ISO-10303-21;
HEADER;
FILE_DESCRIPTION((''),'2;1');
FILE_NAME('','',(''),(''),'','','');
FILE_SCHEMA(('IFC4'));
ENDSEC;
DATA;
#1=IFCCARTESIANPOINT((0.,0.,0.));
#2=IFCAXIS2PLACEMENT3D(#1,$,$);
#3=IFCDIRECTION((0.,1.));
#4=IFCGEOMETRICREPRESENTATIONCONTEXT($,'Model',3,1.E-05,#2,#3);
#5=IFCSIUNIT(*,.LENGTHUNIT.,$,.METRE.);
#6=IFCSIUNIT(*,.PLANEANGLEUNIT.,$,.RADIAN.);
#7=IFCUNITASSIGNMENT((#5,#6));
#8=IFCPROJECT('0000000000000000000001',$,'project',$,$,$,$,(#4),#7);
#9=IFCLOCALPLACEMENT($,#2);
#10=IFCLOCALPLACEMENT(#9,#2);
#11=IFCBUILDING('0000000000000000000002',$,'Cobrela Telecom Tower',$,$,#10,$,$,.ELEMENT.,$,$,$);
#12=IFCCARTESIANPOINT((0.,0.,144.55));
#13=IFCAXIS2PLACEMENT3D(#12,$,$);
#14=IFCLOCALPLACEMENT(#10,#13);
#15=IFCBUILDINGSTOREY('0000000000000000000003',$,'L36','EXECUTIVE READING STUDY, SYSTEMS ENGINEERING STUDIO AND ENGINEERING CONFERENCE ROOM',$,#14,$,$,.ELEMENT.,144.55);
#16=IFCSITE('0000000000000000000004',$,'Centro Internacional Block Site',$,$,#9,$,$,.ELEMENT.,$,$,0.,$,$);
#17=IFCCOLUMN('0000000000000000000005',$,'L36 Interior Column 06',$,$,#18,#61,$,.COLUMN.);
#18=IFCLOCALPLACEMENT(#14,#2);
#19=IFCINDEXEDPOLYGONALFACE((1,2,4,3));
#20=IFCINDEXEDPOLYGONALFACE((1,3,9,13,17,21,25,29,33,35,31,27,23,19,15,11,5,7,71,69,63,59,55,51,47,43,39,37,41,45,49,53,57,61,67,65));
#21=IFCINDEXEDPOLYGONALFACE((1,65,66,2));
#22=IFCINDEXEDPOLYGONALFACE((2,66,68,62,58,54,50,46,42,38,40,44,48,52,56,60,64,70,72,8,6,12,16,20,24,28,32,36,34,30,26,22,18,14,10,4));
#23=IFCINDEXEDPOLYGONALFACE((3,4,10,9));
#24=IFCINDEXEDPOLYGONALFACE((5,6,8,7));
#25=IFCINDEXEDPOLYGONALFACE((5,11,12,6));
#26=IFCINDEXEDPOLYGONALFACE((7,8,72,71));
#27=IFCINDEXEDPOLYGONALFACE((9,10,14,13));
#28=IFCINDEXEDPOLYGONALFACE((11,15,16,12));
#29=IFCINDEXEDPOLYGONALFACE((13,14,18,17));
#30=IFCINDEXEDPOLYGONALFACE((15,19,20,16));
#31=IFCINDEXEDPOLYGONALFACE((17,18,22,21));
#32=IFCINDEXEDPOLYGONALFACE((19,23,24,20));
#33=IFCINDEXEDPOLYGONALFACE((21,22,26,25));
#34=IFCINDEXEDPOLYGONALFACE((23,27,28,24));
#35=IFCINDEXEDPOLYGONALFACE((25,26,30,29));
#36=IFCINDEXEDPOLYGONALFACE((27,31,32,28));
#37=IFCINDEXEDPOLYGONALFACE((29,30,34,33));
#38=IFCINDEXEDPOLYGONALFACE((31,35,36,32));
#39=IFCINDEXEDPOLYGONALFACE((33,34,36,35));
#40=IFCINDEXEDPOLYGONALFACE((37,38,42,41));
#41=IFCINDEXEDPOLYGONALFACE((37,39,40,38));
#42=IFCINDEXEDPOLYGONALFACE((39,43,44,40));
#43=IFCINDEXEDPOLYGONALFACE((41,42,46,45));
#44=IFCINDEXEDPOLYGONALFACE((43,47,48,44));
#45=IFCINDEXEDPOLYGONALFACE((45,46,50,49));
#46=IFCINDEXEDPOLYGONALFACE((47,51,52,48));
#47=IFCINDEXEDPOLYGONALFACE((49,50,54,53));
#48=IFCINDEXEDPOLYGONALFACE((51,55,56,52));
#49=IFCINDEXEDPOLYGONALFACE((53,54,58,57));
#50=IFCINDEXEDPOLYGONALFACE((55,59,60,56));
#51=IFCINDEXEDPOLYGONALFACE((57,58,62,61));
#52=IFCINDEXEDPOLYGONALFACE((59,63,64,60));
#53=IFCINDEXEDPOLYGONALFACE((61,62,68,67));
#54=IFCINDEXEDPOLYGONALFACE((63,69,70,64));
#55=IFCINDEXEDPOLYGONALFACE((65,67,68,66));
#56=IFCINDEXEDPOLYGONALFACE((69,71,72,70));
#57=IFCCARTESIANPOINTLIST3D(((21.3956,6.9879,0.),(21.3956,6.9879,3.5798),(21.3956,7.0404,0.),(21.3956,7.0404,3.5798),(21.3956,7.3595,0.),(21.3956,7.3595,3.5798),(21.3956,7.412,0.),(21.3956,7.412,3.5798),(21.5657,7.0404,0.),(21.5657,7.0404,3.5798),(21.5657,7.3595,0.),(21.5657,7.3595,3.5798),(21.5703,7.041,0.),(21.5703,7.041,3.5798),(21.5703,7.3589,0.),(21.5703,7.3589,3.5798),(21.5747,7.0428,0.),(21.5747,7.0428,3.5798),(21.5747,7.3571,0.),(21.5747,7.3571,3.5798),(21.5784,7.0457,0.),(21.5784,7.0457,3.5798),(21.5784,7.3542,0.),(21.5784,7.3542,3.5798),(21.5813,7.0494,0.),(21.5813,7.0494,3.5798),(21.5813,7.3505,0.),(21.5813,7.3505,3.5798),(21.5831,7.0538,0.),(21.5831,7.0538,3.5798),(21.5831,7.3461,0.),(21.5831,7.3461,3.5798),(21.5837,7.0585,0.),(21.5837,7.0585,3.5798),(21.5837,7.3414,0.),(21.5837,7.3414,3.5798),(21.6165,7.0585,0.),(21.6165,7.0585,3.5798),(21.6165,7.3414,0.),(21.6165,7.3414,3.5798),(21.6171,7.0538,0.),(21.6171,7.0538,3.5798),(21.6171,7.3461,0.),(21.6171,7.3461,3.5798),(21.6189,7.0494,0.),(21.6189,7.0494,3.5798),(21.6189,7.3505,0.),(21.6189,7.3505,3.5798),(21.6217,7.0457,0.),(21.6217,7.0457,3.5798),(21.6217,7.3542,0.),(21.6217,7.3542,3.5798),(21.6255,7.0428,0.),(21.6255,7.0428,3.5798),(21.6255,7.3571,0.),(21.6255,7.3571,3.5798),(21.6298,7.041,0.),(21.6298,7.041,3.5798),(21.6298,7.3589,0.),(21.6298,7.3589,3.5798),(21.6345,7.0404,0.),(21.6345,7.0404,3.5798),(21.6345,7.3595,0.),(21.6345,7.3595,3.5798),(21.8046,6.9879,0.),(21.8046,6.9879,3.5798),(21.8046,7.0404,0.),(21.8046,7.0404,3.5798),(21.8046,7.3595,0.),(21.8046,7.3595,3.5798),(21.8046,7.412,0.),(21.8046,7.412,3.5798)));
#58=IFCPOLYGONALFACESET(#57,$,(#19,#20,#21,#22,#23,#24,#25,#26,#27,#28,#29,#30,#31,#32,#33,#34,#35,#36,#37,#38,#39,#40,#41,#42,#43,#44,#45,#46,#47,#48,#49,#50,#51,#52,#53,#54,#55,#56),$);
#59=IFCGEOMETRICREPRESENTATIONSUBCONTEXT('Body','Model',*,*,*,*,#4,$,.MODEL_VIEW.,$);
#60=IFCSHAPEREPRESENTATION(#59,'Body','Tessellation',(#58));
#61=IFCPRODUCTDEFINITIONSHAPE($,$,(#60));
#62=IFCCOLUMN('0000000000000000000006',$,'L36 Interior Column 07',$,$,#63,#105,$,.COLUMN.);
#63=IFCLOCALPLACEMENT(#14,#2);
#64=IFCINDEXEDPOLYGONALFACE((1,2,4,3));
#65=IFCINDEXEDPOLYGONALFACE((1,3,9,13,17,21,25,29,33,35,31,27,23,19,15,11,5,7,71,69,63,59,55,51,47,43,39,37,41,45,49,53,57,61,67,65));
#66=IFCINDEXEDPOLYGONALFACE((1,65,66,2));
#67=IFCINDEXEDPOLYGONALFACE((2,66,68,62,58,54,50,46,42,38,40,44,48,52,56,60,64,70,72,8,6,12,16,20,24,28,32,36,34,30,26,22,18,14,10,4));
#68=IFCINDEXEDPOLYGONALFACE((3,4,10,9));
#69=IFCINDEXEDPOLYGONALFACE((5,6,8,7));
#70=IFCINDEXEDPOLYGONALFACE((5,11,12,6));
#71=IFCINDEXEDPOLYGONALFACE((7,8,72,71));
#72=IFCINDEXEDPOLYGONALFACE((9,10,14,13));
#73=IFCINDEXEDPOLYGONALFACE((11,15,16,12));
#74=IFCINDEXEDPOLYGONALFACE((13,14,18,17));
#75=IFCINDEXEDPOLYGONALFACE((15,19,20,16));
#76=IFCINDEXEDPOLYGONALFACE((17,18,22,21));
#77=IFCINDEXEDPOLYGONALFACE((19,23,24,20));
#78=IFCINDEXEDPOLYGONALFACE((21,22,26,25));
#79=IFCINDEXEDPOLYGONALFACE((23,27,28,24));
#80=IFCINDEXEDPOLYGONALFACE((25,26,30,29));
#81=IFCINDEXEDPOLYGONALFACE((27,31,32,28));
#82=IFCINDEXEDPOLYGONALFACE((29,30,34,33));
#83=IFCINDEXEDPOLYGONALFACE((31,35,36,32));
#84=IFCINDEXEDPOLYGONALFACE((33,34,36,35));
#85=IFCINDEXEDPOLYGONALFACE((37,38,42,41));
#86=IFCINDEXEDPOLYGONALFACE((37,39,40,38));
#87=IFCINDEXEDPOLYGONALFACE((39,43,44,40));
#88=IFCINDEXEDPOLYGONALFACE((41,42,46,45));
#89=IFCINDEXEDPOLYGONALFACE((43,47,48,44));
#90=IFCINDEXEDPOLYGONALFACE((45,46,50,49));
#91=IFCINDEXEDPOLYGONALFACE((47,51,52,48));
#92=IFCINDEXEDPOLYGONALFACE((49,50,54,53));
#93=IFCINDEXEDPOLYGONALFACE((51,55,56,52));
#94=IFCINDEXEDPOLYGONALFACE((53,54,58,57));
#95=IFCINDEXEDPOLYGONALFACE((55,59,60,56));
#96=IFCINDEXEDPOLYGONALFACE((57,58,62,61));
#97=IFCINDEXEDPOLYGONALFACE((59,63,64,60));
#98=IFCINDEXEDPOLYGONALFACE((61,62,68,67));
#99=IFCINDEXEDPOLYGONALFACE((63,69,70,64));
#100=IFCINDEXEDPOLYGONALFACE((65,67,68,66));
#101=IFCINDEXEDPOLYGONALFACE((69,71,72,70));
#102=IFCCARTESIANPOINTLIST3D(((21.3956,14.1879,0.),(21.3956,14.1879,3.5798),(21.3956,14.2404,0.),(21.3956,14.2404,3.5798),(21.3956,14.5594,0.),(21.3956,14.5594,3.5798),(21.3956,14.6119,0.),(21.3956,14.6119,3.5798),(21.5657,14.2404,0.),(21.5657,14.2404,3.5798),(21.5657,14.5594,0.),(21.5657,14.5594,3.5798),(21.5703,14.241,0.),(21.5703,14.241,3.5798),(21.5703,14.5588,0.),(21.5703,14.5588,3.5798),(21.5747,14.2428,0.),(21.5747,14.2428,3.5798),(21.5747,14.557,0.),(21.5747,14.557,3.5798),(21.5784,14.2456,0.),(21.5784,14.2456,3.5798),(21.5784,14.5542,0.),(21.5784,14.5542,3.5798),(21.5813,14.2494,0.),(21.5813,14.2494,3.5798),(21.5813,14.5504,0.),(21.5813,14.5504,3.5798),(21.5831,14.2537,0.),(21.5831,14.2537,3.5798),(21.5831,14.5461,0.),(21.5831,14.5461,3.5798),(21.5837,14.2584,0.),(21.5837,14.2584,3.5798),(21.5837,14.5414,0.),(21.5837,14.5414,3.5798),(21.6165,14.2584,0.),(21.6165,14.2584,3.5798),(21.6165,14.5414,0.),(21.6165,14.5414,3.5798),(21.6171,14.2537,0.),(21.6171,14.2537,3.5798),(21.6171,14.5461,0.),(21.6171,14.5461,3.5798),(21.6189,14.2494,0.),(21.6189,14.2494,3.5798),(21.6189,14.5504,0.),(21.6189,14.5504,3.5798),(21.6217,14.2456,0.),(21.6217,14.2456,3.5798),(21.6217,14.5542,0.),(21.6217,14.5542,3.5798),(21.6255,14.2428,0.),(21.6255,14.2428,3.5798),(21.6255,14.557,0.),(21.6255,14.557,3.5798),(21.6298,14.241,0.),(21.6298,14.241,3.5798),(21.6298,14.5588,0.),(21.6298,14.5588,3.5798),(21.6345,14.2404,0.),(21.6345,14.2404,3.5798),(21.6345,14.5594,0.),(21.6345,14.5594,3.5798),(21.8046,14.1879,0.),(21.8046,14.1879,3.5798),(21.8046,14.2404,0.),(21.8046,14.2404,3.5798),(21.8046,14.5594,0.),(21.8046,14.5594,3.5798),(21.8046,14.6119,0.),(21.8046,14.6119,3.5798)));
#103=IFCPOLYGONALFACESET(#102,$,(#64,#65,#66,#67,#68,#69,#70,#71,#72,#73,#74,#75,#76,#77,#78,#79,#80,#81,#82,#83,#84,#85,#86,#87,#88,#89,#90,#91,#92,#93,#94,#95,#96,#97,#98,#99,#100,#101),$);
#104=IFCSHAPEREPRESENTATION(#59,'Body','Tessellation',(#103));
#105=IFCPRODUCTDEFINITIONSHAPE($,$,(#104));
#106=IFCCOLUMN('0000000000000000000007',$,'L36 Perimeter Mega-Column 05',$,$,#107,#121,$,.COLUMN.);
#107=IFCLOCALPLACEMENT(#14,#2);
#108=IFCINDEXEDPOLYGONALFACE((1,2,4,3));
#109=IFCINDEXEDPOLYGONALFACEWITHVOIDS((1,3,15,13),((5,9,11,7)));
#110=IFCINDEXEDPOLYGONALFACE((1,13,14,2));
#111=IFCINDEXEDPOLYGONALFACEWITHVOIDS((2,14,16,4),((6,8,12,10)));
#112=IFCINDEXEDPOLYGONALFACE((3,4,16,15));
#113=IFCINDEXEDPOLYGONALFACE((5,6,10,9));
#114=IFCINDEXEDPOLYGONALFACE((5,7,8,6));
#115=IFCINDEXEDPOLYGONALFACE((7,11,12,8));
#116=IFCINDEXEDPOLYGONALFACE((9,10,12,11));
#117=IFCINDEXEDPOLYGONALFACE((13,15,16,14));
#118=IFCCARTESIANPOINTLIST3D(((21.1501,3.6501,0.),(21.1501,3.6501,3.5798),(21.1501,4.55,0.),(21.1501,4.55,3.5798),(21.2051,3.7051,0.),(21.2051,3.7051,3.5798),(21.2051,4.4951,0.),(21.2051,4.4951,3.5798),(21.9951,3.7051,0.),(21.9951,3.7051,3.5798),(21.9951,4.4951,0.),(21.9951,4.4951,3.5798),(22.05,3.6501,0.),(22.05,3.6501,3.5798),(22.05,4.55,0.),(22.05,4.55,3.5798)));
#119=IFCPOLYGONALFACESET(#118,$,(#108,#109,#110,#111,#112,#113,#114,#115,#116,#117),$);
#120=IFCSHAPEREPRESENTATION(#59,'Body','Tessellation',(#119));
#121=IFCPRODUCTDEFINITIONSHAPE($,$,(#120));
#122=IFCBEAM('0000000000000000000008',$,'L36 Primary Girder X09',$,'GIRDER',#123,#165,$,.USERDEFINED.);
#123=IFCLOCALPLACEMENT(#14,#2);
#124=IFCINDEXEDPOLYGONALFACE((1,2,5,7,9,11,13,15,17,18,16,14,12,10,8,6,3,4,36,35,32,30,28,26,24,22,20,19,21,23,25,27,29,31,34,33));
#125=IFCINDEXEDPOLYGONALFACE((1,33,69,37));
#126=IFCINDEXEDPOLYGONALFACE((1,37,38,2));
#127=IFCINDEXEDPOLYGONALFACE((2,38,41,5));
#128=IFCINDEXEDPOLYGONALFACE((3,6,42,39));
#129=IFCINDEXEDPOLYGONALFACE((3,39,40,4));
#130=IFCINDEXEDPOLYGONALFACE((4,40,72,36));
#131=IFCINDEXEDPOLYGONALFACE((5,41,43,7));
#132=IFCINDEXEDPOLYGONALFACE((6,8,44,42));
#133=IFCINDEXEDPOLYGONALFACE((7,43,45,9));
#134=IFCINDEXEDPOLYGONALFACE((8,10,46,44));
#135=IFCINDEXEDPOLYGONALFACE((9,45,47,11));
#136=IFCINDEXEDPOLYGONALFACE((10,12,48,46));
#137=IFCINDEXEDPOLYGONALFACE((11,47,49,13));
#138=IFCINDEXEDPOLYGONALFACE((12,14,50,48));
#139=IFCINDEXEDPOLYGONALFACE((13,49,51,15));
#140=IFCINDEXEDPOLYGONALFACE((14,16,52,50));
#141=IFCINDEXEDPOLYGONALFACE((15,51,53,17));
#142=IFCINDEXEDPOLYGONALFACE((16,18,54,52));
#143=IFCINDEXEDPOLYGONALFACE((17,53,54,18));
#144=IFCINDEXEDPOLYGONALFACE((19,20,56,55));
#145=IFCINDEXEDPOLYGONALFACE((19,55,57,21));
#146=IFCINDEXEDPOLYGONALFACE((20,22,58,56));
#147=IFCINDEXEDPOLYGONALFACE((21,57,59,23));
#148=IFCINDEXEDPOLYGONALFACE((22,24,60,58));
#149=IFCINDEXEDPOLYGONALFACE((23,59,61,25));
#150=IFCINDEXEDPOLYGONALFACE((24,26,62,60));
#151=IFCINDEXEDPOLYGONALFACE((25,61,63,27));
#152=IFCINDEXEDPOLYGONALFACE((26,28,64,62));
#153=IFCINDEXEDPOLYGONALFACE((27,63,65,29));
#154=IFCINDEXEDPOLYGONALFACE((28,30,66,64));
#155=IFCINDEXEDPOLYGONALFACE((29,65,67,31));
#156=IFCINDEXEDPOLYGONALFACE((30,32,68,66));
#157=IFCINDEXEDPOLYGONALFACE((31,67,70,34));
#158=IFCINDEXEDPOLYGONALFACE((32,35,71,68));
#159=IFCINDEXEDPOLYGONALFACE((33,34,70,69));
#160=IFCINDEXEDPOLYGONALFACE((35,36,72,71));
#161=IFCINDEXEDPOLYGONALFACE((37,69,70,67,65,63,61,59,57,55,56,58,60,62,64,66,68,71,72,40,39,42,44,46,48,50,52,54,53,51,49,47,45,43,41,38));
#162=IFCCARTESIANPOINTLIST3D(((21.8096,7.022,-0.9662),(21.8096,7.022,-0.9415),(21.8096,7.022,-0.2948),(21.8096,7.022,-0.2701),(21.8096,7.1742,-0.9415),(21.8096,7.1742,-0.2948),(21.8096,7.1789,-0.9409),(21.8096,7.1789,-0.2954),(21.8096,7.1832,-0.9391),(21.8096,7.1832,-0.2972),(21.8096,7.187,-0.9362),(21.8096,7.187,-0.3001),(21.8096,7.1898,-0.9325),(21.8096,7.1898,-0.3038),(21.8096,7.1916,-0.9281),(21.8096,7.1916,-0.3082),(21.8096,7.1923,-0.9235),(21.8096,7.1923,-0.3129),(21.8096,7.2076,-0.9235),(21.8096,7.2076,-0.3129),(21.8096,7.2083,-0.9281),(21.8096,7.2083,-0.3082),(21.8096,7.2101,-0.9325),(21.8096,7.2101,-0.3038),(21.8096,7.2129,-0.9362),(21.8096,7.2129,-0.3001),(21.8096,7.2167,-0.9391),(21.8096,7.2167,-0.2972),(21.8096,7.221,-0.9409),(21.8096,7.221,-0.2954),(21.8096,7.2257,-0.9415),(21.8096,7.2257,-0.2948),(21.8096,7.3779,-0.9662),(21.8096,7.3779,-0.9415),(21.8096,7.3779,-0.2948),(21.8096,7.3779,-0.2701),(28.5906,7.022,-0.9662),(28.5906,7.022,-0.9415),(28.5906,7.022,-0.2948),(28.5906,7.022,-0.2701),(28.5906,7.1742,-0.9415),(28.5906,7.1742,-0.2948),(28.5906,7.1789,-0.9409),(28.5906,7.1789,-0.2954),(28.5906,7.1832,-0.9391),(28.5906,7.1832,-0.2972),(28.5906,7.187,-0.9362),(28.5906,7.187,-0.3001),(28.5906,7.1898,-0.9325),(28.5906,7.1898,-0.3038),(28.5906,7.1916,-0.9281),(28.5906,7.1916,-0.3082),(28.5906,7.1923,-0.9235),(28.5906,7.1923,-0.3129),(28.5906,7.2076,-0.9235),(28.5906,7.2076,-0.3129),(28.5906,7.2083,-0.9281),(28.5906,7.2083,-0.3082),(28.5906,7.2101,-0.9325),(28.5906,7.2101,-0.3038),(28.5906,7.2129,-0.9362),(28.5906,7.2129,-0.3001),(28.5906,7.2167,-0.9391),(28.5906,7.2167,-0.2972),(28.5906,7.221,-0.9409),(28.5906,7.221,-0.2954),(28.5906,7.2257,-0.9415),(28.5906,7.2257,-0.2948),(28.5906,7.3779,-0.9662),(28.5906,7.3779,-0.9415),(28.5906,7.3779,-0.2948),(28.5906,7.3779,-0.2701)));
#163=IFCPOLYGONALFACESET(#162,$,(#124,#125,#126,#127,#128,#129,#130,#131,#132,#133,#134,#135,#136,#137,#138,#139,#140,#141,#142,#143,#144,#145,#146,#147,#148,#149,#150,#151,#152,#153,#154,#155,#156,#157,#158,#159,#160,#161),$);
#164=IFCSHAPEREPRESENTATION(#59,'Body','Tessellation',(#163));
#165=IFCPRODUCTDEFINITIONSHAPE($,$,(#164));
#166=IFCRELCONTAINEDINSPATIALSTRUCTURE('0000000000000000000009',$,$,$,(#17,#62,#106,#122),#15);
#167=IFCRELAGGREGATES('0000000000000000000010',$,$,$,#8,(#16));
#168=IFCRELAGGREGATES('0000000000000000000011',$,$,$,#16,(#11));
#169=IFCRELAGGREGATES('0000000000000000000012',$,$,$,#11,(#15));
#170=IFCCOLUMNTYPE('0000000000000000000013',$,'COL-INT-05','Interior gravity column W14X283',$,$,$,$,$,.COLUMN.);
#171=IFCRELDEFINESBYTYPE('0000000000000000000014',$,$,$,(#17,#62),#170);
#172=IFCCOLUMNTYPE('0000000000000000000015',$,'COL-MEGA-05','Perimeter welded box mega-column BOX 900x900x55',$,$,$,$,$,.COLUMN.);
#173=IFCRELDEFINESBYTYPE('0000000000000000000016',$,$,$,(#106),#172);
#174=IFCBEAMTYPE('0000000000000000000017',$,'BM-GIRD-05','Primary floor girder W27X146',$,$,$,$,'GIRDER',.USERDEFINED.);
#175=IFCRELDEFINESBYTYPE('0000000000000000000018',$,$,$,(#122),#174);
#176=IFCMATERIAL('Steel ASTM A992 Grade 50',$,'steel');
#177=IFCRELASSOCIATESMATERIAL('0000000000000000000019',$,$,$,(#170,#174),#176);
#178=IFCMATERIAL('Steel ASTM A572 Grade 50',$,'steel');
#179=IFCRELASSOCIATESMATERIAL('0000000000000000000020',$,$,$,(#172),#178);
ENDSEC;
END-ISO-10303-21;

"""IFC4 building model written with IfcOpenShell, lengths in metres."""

from ifc_helpers import new_model, si_unit, direction, frame, origin, origin_2d, place, context, subcontext, project, spatial, hollow_rectangle, i_section, extrude, material, material_profile, profile_set, type_object, element, save


model = new_model("IFC4")

# Units and contexts
model_context = context("Model", 3, precision=1e-05, world=origin(), true_north=direction((0.0, 1.0)))
body_context = subcontext(model_context, "Body", "Model", "MODEL_VIEW")
ifc_project = project(units=[si_unit("LENGTHUNIT", "METRE"), si_unit("PLANEANGLEUNIT", "RADIAN")], contexts=[model_context])

# Site, building, storey
site_placement = place(None, origin())
site = spatial("IfcSite", under=ifc_project, at=site_placement, Name="Centro Internacional Block Site", CompositionType="ELEMENT", RefElevation=0.0)
building_placement = place(site_placement, origin())
building = spatial("IfcBuilding", under=site, at=building_placement, Name="Cobrela Telecom Tower", CompositionType="ELEMENT")
storey_placement = place(building_placement, frame((0.0, 0.0, 144.55)))
storey = spatial("IfcBuildingStorey", under=building, at=storey_placement, Name="L36", Description="EXECUTIVE READING STUDY, SYSTEMS ENGINEERING STUDIO AND ENGINEERING CONFERENCE ROOM", CompositionType="ELEMENT", Elevation=144.55)

# Columns
ifc_material_1 = material(Name="Steel ASTM A992 Grade 50", Category="steel")
ifc_material_profile_1 = material_profile(ifc_material_1, i_section(OverallWidth=0.4089, OverallDepth=0.4241, WebThickness=0.0327, FlangeThickness=0.0525, FilletRadius=0.0181, at=origin_2d()), Name="W14X283")
ifc_profile_set_1 = profile_set([ifc_material_profile_1], Name="Steel ASTM A992 Grade 50")
column_type_1 = type_object("IfcColumnType", Name="COL-INT-05", Description="Interior gravity column W14X283", PredefinedType="COLUMN", material=ifc_profile_set_1)
for number, where, z_axis, x_axis, name in (
    (1, (21.6001, 7.2, 0.0), (0.0, 0.0, 1.0), (1.0, 0.0, 0.0), "L36 Interior Column 06"),
    (2, (21.6001, 14.3999, 0.0), (0.0, 0.0, 1.0), (1.0, 0.0, 0.0), "L36 Interior Column 07"),
):
    element("IfcColumn", number, at=place(storey_placement, frame(where, z_axis=z_axis, x_axis=x_axis)), inside=storey, type_object=column_type_1, Name=name, PredefinedType="COLUMN", context=body_context, shape_type="SweptSolid", body=[
        extrude(i_section(OverallWidth=0.4089, OverallDepth=0.4241, WebThickness=0.0327, FlangeThickness=0.0525, FilletRadius=0.0181, at=origin_2d()), origin(), (0.0, 0.0, 1.0), 3.5798),
    ])
ifc_material_2 = material(Name="Steel ASTM A572 Grade 50", Category="steel")
ifc_material_profile_2 = material_profile(ifc_material_2, hollow_rectangle(XDim=0.8999, YDim=0.8999, WallThickness=0.0549, at=origin_2d()), Name="BOX 900x900x55")
ifc_profile_set_2 = profile_set([ifc_material_profile_2], Name="Steel ASTM A572 Grade 50")
column_type_2 = type_object("IfcColumnType", Name="COL-MEGA-05", Description="Perimeter welded box mega-column BOX 900x900x55", PredefinedType="COLUMN", material=ifc_profile_set_2)
column_placement = place(storey_placement, frame((21.6001, 4.1001, 0.0), z_axis=(0.0, 0.0, 1.0), x_axis=(1.0, 0.0, 0.0)))
element("IfcColumn", 3, at=column_placement, inside=storey, type_object=column_type_2, Name="L36 Perimeter Mega-Column 05", PredefinedType="COLUMN", context=body_context, shape_type="SweptSolid", body=[
    extrude(hollow_rectangle(XDim=0.8999, YDim=0.8999, WallThickness=0.0549, at=origin_2d()), origin(), (0.0, 0.0, 1.0), 3.5798),
])

# Beam
ifc_material_profile_3 = material_profile(ifc_material_1, i_section(OverallWidth=0.356, OverallDepth=0.696, WebThickness=0.0154, FlangeThickness=0.0247, FilletRadius=0.0181, at=origin_2d()), Name="W27X146")
ifc_profile_set_3 = profile_set([ifc_material_profile_3], Name="Steel ASTM A992 Grade 50")
beam_type_1 = type_object("IfcBeamType", Name="BM-GIRD-05", Description="Primary floor girder W27X146", ElementType="GIRDER", PredefinedType="USERDEFINED", material=ifc_profile_set_3)
for number, where, z_axis, x_axis, name in (
    (4, (21.8096, 7.2, -0.6182), (1.0, 0.0, 0.0), (0.0, 1.0, 0.0), "L36 Primary Girder X09"),
):
    element("IfcBeam", number, at=place(storey_placement, frame(where, z_axis=z_axis, x_axis=x_axis)), inside=storey, type_object=beam_type_1, Name=name, ObjectType="GIRDER", PredefinedType="USERDEFINED", context=body_context, shape_type="SweptSolid", body=[
        extrude(i_section(OverallWidth=0.356, OverallDepth=0.696, WebThickness=0.0154, FlangeThickness=0.0247, FilletRadius=0.0181, at=origin_2d()), origin(), (0.0, 0.0, 1.0), 6.781),
    ])

save(model, "model.ifc")
